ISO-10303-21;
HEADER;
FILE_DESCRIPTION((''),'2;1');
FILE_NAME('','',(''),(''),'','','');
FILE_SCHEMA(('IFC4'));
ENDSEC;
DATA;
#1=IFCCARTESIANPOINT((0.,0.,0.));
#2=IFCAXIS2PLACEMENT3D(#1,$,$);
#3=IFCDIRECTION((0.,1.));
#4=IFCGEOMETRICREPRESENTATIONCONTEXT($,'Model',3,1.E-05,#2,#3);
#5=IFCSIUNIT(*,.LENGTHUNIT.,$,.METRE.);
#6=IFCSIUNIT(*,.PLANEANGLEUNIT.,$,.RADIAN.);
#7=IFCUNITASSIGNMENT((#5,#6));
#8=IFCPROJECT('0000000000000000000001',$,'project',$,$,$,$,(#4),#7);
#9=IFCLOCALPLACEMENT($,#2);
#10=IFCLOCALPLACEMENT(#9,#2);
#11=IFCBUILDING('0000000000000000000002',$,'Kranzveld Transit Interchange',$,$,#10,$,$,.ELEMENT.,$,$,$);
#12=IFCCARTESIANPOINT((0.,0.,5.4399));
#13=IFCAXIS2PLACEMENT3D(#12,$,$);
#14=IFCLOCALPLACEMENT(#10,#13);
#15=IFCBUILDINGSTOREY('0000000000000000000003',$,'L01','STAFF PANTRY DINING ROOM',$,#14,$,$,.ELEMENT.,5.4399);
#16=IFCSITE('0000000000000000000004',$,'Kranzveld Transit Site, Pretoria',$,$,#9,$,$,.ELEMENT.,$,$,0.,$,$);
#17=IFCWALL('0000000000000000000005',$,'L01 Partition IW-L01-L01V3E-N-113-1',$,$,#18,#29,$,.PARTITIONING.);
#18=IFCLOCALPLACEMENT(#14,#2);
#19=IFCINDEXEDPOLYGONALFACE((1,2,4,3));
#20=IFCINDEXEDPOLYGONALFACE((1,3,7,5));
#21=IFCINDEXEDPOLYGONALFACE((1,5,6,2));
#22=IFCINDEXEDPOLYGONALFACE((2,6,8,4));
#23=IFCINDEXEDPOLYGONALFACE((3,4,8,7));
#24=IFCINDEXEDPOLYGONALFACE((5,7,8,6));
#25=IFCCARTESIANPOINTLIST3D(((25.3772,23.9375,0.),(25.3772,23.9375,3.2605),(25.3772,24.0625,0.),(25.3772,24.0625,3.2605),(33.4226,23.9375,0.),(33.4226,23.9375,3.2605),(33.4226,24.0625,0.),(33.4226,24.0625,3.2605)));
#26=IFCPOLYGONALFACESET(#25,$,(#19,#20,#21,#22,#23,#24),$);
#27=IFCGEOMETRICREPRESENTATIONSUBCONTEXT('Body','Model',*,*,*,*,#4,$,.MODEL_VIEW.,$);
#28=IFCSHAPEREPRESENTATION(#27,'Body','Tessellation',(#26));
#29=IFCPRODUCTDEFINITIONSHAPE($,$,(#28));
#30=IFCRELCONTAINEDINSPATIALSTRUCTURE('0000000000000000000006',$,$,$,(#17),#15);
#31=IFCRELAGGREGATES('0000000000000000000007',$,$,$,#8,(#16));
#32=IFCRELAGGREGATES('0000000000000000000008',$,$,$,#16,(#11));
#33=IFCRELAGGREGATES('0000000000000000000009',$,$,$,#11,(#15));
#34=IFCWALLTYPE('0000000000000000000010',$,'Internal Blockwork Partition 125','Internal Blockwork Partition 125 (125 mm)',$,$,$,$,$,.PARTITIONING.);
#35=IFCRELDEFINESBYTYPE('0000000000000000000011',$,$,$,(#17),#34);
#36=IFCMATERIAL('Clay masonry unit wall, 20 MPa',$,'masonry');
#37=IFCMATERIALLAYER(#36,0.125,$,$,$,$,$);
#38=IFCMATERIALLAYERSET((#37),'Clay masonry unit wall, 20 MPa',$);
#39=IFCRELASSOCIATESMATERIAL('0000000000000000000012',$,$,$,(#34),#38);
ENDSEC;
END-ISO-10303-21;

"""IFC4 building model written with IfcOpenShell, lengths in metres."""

from ifc_helpers import new_model, si_unit, direction, frame, frame_2d, origin, place, context, subcontext, project, spatial, rectangle, extrude, material, layer, layer_set, type_object, element, save


model = new_model("IFC4")

# Units and contexts
model_context = context("Model", 3, precision=1e-05, world=origin(), true_north=direction((0.0, 1.0)))
body_context = subcontext(model_context, "Body", "Model", "MODEL_VIEW")
ifc_project = project(units=[si_unit("LENGTHUNIT", "METRE"), si_unit("PLANEANGLEUNIT", "RADIAN")], contexts=[model_context])

# Site, building, storey
site_placement = place(None, origin())
site = spatial("IfcSite", under=ifc_project, at=site_placement, Name="Kranzveld Transit Site, Pretoria", CompositionType="ELEMENT", RefElevation=0.0)
building_placement = place(site_placement, origin())
building = spatial("IfcBuilding", under=site, at=building_placement, Name="Kranzveld Transit Interchange", CompositionType="ELEMENT")
storey_placement = place(building_placement, frame((0.0, 0.0, 5.4399)))
storey = spatial("IfcBuildingStorey", under=building, at=storey_placement, Name="L01", Description="STAFF PANTRY DINING ROOM", CompositionType="ELEMENT", Elevation=5.4399)

# Shared definitions
ifc_material_1 = material(Name="Clay masonry unit wall, 20 MPa", Category="masonry")
ifc_layer = layer(ifc_material_1, 0.125)
ifc_layer_set = layer_set([ifc_layer], Name="Clay masonry unit wall, 20 MPa")
wall_type = type_object("IfcWallType", Name="Internal Blockwork Partition 125", Description="Internal Blockwork Partition 125 (125 mm)", PredefinedType="PARTITIONING", material=ifc_layer_set)

# Wall
wall_1_placement = place(storey_placement, frame((25.3772, 24.0, 0.0), z_axis=(0.0, 0.0, 1.0), x_axis=(1.0, 0.0, 0.0)))
element("IfcWall", 1, at=wall_1_placement, inside=storey, type_object=wall_type, Name="L01 Partition IW-L01-L01V3E-N-113-1", PredefinedType="PARTITIONING", context=body_context, shape_type="SweptSolid", body=[
    extrude(rectangle(XDim=8.0454, YDim=0.125, at=frame_2d((4.0227, 0.0))), origin(), (0.0, 0.0, 1.0), 3.2605),
])

save(model, "model.ifc")
